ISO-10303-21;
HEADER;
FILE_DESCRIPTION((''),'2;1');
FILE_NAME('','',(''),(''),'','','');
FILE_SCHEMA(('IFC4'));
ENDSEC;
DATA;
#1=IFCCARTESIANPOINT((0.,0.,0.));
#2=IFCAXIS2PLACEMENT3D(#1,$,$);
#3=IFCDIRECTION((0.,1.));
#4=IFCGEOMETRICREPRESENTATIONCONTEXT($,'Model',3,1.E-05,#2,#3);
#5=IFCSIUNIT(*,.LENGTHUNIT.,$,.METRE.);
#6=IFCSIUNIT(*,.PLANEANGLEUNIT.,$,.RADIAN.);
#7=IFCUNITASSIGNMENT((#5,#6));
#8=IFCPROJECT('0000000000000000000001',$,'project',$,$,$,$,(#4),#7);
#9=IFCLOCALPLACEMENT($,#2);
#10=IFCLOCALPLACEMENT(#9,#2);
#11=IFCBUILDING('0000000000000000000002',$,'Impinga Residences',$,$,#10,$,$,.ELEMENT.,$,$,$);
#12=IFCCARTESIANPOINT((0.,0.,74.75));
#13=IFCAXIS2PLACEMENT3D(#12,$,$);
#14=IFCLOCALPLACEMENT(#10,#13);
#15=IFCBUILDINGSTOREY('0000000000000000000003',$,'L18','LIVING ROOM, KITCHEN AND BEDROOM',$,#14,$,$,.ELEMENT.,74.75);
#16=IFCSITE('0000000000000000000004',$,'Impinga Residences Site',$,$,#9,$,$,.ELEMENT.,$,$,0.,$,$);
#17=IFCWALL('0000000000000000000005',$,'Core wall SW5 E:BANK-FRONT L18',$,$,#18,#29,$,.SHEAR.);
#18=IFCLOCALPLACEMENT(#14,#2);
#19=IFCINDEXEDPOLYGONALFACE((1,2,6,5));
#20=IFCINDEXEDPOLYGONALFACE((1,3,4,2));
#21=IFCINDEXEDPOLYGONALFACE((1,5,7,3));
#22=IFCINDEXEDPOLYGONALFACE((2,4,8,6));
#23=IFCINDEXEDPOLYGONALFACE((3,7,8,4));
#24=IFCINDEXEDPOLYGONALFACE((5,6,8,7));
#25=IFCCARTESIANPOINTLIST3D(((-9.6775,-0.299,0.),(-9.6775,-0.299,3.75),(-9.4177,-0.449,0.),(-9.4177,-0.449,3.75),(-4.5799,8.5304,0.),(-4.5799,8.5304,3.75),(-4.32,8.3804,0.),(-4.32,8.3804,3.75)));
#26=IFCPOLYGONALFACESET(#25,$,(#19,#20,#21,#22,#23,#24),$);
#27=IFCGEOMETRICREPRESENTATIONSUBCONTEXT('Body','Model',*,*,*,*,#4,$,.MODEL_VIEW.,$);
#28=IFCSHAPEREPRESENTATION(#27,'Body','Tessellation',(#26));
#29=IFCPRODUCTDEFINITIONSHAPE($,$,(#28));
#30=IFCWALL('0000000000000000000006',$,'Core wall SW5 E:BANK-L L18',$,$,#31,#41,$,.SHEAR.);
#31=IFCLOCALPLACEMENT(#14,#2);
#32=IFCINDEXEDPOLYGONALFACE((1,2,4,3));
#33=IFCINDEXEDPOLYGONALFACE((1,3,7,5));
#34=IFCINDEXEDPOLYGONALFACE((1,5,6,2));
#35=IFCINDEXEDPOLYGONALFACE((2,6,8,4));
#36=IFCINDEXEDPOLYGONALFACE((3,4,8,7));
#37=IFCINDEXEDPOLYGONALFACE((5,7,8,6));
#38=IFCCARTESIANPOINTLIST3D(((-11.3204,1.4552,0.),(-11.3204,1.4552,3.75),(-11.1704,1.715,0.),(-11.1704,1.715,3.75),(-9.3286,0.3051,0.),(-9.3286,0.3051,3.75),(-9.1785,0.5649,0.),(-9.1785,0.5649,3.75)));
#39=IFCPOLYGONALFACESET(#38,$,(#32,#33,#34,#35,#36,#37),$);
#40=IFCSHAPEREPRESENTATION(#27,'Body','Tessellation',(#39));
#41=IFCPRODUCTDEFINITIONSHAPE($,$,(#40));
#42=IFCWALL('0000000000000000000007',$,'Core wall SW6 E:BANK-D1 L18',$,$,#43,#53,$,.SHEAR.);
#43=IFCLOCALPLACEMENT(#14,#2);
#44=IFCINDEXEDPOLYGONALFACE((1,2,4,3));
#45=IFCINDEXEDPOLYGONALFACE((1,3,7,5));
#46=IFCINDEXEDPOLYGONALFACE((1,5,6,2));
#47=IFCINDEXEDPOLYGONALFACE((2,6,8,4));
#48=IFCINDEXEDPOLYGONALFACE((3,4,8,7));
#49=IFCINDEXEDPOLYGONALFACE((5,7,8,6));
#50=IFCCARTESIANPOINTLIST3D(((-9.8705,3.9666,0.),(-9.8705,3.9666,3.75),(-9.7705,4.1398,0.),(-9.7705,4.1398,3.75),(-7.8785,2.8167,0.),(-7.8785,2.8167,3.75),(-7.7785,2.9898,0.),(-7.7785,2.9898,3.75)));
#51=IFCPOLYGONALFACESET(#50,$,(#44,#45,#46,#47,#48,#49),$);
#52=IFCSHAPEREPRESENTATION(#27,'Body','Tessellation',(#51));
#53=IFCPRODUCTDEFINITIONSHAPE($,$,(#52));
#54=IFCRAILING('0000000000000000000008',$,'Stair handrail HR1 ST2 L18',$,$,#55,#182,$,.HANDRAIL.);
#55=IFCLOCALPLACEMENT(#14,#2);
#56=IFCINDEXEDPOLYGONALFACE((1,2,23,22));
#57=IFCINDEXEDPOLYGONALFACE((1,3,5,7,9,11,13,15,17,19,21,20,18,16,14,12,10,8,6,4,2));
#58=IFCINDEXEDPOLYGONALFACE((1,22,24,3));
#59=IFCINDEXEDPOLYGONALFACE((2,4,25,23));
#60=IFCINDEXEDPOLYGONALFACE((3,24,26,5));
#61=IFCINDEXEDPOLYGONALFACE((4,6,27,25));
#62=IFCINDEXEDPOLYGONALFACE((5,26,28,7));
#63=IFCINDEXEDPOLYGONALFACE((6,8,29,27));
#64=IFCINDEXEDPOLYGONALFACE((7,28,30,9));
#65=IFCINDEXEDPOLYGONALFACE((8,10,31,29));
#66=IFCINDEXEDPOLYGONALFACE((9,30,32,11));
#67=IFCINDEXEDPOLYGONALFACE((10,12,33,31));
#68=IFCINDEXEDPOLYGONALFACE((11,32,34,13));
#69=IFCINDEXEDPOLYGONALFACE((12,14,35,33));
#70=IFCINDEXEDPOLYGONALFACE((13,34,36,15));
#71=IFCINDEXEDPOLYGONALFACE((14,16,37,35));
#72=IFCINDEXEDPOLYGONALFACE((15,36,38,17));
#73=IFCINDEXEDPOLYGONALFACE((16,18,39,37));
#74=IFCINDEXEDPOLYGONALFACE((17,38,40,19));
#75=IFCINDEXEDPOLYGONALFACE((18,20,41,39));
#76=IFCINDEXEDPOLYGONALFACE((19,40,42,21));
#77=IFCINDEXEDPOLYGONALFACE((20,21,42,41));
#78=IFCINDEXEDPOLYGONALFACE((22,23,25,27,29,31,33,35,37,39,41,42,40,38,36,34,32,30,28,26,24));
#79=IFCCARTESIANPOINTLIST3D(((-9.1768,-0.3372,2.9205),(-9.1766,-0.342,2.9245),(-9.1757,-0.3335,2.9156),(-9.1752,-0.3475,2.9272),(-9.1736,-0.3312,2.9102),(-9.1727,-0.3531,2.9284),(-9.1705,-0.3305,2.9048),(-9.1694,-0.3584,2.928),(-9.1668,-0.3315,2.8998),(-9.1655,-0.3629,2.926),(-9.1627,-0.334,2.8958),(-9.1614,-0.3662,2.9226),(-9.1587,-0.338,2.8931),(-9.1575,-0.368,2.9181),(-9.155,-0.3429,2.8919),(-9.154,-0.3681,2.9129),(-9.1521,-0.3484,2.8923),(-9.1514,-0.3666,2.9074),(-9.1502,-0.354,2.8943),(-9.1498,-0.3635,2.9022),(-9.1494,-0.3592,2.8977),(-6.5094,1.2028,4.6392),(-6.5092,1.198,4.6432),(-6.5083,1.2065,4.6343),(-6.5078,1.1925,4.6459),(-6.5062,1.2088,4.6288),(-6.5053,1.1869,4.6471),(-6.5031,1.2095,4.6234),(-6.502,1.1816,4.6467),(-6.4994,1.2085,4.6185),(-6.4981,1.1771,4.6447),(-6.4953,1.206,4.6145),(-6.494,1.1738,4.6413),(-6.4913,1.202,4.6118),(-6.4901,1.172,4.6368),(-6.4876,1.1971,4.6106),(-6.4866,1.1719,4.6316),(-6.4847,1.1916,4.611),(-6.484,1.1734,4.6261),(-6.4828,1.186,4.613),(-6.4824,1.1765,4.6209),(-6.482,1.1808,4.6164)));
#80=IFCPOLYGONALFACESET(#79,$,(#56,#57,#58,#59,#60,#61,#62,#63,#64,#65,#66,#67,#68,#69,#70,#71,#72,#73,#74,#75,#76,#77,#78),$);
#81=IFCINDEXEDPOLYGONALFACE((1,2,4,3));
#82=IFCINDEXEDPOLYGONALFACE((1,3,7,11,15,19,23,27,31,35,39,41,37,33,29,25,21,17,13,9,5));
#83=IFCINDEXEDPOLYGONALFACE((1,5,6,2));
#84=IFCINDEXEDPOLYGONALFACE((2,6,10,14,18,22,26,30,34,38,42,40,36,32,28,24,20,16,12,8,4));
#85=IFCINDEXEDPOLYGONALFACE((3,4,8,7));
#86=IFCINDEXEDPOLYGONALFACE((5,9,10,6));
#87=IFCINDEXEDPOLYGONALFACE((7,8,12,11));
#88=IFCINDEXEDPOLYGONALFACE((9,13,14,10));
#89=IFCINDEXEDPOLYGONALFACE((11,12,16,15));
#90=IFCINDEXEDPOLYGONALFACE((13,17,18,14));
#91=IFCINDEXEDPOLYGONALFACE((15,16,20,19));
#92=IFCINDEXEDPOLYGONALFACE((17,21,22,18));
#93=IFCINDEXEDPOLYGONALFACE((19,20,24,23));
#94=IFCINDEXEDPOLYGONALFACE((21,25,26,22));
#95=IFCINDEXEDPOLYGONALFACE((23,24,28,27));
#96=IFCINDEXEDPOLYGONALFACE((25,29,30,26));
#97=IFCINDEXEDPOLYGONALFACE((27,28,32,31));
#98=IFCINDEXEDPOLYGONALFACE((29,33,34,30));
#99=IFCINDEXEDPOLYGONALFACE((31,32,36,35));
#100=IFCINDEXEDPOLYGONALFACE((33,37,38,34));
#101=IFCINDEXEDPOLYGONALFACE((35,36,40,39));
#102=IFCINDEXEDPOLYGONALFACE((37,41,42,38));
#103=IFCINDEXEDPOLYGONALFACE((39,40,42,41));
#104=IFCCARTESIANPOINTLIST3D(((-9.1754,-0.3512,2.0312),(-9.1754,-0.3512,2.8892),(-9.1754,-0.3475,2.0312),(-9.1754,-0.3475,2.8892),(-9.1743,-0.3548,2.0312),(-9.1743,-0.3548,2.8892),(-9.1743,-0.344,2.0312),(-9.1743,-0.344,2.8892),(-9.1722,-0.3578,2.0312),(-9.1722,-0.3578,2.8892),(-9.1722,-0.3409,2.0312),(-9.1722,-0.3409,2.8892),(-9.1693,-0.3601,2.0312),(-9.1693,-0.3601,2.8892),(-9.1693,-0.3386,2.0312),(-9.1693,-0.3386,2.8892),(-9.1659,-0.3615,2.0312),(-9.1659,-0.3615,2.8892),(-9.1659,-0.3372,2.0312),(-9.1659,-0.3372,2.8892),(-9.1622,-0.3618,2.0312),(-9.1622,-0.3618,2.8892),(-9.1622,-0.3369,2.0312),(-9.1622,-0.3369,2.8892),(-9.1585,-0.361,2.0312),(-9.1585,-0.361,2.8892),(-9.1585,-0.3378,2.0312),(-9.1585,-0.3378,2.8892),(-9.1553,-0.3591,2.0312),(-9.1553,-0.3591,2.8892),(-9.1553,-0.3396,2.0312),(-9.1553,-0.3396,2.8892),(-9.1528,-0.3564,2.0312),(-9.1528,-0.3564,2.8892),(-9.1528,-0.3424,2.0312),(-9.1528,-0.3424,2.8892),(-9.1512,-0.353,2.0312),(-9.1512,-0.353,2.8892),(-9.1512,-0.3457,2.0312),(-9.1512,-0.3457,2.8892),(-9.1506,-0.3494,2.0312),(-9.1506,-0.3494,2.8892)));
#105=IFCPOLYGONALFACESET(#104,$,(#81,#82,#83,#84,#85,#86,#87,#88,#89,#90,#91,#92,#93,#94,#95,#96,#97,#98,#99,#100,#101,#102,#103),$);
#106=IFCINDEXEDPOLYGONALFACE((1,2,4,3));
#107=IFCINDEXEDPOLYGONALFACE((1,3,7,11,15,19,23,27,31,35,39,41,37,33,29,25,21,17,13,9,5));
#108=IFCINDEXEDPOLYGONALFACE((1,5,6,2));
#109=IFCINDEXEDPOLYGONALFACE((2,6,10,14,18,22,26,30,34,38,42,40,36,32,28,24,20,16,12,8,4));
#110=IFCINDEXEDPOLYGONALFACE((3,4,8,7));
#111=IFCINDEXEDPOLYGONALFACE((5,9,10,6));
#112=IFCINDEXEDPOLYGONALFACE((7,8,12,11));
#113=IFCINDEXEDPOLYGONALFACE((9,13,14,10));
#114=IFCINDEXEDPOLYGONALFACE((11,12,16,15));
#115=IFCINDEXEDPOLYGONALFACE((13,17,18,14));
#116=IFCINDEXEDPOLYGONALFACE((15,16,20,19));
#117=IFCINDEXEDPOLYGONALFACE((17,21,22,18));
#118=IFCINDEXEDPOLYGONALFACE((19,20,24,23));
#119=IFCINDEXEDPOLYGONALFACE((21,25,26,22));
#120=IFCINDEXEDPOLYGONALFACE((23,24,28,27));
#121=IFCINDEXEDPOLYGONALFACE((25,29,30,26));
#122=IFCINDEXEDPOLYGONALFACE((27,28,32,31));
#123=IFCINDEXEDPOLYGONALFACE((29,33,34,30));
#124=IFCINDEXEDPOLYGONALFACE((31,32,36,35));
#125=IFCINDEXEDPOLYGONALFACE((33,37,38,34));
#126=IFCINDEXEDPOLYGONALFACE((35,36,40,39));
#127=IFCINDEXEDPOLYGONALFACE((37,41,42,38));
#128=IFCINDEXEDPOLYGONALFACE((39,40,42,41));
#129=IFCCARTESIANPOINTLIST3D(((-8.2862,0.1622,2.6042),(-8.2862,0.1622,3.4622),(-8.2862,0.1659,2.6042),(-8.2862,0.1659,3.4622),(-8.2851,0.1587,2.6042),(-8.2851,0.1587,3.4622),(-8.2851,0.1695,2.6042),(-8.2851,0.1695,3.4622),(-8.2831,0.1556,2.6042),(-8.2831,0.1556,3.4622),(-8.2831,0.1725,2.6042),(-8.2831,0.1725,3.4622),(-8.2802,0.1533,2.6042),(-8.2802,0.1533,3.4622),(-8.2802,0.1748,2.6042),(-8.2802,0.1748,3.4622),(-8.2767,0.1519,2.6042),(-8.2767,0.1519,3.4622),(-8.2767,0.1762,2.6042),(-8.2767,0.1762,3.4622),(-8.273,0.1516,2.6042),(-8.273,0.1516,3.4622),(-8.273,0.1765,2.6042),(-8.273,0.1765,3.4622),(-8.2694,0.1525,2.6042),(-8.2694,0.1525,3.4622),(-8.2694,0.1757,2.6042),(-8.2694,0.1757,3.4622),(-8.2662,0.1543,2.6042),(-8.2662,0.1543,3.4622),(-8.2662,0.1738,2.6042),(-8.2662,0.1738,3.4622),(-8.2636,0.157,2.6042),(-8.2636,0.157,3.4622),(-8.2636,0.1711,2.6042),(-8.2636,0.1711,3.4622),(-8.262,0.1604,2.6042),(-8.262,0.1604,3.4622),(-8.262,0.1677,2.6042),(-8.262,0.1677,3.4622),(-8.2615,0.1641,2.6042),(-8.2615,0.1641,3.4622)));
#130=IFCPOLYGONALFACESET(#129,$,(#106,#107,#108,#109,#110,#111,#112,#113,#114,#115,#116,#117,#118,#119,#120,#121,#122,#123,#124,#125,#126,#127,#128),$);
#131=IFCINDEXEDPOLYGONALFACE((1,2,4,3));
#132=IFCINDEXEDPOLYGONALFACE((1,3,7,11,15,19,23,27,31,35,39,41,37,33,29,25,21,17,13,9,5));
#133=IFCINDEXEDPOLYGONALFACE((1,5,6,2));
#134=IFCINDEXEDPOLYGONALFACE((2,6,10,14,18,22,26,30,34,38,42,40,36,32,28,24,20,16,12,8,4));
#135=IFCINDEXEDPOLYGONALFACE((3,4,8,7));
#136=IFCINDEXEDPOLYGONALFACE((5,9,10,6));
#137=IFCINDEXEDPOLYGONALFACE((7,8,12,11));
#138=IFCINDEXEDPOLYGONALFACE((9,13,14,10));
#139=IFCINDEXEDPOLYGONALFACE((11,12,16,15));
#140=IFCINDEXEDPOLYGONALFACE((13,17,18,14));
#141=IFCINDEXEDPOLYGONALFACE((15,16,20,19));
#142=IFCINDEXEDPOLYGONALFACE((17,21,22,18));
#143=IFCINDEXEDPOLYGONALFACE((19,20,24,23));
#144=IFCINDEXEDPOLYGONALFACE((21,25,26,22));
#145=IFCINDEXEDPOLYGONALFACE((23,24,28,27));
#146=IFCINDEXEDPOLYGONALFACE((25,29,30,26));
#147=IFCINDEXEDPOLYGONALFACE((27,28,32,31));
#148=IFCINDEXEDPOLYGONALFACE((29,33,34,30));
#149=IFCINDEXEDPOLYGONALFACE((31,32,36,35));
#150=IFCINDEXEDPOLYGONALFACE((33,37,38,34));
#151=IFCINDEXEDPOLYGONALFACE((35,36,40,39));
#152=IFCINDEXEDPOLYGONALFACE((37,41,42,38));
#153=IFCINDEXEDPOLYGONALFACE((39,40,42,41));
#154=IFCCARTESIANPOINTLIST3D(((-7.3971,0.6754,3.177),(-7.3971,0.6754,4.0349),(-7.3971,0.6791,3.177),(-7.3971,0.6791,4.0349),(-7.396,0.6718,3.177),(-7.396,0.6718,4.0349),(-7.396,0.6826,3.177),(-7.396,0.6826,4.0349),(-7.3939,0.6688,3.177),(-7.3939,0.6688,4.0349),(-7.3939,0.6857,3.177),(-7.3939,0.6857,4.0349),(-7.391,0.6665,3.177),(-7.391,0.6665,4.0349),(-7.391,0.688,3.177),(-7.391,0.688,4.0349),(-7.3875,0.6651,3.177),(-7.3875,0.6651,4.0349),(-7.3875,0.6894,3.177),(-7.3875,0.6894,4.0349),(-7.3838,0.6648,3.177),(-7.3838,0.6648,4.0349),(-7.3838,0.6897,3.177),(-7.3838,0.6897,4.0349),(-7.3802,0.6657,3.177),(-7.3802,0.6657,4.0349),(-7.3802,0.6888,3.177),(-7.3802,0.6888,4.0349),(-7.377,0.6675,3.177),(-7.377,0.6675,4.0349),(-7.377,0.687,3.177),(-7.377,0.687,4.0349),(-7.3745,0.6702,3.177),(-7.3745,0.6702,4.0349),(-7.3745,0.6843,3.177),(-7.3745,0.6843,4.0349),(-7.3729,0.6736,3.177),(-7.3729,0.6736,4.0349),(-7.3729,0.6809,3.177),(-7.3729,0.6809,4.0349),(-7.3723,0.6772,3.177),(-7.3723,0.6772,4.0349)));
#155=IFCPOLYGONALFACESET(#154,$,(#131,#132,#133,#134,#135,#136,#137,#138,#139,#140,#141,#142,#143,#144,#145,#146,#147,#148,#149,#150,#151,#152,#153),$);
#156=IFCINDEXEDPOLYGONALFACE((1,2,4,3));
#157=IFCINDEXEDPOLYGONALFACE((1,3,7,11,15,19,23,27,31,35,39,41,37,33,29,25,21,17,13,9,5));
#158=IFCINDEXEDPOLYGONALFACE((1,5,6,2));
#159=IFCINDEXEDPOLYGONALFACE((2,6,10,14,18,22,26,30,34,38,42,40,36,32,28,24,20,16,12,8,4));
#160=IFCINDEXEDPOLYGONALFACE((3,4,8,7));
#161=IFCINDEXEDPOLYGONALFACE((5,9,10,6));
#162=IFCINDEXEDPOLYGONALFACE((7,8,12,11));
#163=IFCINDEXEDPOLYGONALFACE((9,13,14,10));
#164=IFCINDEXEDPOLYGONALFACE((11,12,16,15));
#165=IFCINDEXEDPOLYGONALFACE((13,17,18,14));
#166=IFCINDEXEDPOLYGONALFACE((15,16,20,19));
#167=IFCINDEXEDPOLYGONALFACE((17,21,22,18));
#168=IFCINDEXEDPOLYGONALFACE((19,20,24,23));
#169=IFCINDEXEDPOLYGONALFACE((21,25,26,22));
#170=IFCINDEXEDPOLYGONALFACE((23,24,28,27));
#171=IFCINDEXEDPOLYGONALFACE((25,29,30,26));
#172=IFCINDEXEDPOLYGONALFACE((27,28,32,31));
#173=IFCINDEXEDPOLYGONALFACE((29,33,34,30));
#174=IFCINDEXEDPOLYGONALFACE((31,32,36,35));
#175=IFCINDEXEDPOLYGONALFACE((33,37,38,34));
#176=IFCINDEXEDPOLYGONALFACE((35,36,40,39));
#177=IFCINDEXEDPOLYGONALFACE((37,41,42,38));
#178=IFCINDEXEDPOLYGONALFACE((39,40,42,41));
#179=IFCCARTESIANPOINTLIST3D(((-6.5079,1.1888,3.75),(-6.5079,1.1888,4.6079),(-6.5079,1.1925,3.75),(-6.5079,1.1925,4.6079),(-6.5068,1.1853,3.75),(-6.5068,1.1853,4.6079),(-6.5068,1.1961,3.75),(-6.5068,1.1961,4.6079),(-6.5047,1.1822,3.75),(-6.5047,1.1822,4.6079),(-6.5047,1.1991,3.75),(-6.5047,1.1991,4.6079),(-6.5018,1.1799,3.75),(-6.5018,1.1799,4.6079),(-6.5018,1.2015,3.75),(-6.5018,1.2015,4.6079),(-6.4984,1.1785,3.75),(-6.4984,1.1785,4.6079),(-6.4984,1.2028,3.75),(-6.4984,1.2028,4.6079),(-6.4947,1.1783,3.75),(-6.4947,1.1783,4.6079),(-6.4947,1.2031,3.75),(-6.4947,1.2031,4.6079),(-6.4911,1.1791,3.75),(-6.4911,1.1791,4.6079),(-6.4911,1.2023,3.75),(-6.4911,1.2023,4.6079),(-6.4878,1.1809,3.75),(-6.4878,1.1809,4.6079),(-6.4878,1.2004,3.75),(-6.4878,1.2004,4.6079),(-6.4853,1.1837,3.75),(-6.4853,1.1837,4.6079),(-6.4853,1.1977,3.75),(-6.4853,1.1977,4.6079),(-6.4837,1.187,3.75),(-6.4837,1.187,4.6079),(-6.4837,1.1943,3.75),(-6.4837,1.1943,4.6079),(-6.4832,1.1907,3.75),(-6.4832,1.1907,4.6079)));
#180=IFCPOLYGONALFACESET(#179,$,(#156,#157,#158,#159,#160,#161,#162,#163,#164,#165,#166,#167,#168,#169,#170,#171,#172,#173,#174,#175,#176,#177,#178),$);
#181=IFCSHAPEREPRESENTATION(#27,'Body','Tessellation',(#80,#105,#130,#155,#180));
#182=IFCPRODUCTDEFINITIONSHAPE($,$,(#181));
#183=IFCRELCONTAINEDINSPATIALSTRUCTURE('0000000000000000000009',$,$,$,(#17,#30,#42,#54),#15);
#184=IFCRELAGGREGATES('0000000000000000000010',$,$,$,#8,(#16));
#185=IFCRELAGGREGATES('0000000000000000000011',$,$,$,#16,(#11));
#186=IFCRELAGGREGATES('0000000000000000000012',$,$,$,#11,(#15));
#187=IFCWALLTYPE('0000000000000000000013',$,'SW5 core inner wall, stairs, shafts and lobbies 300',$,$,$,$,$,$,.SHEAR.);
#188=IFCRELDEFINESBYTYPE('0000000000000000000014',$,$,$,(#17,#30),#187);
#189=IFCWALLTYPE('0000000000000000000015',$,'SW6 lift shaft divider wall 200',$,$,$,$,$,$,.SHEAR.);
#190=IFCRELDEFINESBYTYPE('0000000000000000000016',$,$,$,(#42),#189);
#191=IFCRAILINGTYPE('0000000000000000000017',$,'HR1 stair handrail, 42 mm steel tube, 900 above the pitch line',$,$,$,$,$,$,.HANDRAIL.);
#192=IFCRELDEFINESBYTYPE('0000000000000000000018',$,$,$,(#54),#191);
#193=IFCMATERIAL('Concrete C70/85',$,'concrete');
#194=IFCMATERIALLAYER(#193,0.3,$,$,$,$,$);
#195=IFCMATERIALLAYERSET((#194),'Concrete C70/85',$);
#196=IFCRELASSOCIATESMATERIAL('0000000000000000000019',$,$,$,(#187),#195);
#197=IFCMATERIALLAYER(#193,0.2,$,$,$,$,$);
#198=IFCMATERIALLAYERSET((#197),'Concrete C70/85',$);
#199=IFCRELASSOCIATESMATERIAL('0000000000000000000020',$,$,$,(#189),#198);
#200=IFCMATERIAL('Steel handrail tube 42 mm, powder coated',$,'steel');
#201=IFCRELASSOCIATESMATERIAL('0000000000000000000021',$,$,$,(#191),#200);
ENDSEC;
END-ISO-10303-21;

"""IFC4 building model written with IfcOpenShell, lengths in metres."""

from ifc_helpers import new_model, si_unit, direction, frame, frame_2d, origin, origin_2d, place, context, subcontext, project, spatial, rectangle, circle, extrude, material, layer, layer_set, type_object, element, save


model = new_model("IFC4")

# Units and contexts
model_context = context("Model", 3, precision=1e-05, world=origin(), true_north=direction((0.0, 1.0)))
body_context = subcontext(model_context, "Body", "Model", "MODEL_VIEW")
ifc_project = project(units=[si_unit("LENGTHUNIT", "METRE"), si_unit("PLANEANGLEUNIT", "RADIAN")], contexts=[model_context])

# Site, building, storey
site_placement = place(None, origin())
site = spatial("IfcSite", under=ifc_project, at=site_placement, Name="Impinga Residences Site", CompositionType="ELEMENT", RefElevation=0.0)
building_placement = place(site_placement, origin())
building = spatial("IfcBuilding", under=site, at=building_placement, Name="Impinga Residences", CompositionType="ELEMENT")
storey_placement = place(building_placement, frame((0.0, 0.0, 74.75)))
storey = spatial("IfcBuildingStorey", under=building, at=storey_placement, Name="L18", Description="LIVING ROOM, KITCHEN AND BEDROOM", CompositionType="ELEMENT", Elevation=74.75)

# Walls
ifc_material_1 = material(Name="Concrete C70/85", Category="concrete")
ifc_layer_1 = layer(ifc_material_1, 0.3)
ifc_layer_set_1 = layer_set([ifc_layer_1], Name="Concrete C70/85")
wall_type_1 = type_object("IfcWallType", Name="SW5 core inner wall, stairs, shafts and lobbies 300", PredefinedType="SHEAR", material=ifc_layer_set_1)
wall_1_placement = place(storey_placement, frame((-9.5476, -0.374, 0.0), z_axis=(0.0, 0.0, 1.0), x_axis=(0.500002, 0.866024, 0.0)))
element("IfcWall", 1, at=wall_1_placement, inside=storey, type_object=wall_type_1, Name="Core wall SW5 E:BANK-FRONT L18", PredefinedType="SHEAR", context=body_context, shape_type="SweptSolid", body=[
    extrude(rectangle(XDim=10.1953, YDim=0.3, at=frame_2d((5.0977, 0.0))), origin(), (0.0, 0.0, 1.0), 3.75),
])
wall_2_placement = place(storey_placement, frame((-9.2537, 0.4351, 0.0), z_axis=(0.0, 0.0, 1.0), x_axis=(-0.866007, 0.500032, 0.0)))
element("IfcWall", 2, at=wall_2_placement, inside=storey, type_object=wall_type_1, Name="Core wall SW5 E:BANK-L L18", PredefinedType="SHEAR", context=body_context, shape_type="SweptSolid", body=[
    extrude(rectangle(XDim=2.3, YDim=0.3, at=frame_2d((1.1499, 0.0))), origin(), (0.0, 0.0, 1.0), 3.75),
])
ifc_layer_2 = layer(ifc_material_1, 0.2)
ifc_layer_set_2 = layer_set([ifc_layer_2], Name="Concrete C70/85")
wall_type_2 = type_object("IfcWallType", Name="SW6 lift shaft divider wall 200", PredefinedType="SHEAR", material=ifc_layer_set_2)
wall_3_placement = place(storey_placement, frame((-7.8286, 2.9033, 0.0), z_axis=(0.0, 0.0, 1.0), x_axis=(-0.866053, 0.499952, 0.0)))
element("IfcWall", 3, at=wall_3_placement, inside=storey, type_object=wall_type_2, Name="Core wall SW6 E:BANK-D1 L18", PredefinedType="SHEAR", context=body_context, shape_type="SweptSolid", body=[
    extrude(rectangle(XDim=2.3, YDim=0.2, at=frame_2d((1.1499, 0.0))), origin(), (0.0, 0.0, 1.0), 3.75),
])

# Railing
ifc_material_2 = material(Name="Steel handrail tube 42 mm, powder coated", Category="steel")
railing_type = type_object("IfcRailingType", Name="HR1 stair handrail, 42 mm steel tube, 900 above the pitch line", PredefinedType="HANDRAIL", material=ifc_material_2)
railing_placement = place(storey_placement, frame((-9.1631, -0.3494, 2.0312)))
element("IfcRailing", 4, at=railing_placement, inside=storey, type_object=railing_type, Name="Stair handrail HR1 ST2 L18", PredefinedType="HANDRAIL", context=body_context, shape_type="SweptSolid", body=[
    extrude(circle(Radius=0.021, at=origin_2d()), frame((0.0, 0.0, 0.8789), z_axis=(0.756256, 0.436616, 0.487282), x_axis=(-0.499992, 0.86603, 0.0)), (0.0, 0.0, 1.0), 3.5271),
    extrude(circle(Radius=0.0125, at=origin_2d()), origin(), (0.0, 0.0, 1.0), 0.8579),
    extrude(circle(Radius=0.0125, at=origin_2d()), frame((0.8892, 0.5134, 0.573)), (0.0, 0.0, 1.0), 0.8579),
    extrude(circle(Radius=0.0125, at=origin_2d()), frame((1.7783, 1.0266, 1.1458)), (0.0, 0.0, 1.0), 0.8579),
    extrude(circle(Radius=0.0125, at=origin_2d()), frame((2.6675, 1.54, 1.7188)), (0.0, 0.0, 1.0), 0.8579),
])

save(model, "model.ifc")
